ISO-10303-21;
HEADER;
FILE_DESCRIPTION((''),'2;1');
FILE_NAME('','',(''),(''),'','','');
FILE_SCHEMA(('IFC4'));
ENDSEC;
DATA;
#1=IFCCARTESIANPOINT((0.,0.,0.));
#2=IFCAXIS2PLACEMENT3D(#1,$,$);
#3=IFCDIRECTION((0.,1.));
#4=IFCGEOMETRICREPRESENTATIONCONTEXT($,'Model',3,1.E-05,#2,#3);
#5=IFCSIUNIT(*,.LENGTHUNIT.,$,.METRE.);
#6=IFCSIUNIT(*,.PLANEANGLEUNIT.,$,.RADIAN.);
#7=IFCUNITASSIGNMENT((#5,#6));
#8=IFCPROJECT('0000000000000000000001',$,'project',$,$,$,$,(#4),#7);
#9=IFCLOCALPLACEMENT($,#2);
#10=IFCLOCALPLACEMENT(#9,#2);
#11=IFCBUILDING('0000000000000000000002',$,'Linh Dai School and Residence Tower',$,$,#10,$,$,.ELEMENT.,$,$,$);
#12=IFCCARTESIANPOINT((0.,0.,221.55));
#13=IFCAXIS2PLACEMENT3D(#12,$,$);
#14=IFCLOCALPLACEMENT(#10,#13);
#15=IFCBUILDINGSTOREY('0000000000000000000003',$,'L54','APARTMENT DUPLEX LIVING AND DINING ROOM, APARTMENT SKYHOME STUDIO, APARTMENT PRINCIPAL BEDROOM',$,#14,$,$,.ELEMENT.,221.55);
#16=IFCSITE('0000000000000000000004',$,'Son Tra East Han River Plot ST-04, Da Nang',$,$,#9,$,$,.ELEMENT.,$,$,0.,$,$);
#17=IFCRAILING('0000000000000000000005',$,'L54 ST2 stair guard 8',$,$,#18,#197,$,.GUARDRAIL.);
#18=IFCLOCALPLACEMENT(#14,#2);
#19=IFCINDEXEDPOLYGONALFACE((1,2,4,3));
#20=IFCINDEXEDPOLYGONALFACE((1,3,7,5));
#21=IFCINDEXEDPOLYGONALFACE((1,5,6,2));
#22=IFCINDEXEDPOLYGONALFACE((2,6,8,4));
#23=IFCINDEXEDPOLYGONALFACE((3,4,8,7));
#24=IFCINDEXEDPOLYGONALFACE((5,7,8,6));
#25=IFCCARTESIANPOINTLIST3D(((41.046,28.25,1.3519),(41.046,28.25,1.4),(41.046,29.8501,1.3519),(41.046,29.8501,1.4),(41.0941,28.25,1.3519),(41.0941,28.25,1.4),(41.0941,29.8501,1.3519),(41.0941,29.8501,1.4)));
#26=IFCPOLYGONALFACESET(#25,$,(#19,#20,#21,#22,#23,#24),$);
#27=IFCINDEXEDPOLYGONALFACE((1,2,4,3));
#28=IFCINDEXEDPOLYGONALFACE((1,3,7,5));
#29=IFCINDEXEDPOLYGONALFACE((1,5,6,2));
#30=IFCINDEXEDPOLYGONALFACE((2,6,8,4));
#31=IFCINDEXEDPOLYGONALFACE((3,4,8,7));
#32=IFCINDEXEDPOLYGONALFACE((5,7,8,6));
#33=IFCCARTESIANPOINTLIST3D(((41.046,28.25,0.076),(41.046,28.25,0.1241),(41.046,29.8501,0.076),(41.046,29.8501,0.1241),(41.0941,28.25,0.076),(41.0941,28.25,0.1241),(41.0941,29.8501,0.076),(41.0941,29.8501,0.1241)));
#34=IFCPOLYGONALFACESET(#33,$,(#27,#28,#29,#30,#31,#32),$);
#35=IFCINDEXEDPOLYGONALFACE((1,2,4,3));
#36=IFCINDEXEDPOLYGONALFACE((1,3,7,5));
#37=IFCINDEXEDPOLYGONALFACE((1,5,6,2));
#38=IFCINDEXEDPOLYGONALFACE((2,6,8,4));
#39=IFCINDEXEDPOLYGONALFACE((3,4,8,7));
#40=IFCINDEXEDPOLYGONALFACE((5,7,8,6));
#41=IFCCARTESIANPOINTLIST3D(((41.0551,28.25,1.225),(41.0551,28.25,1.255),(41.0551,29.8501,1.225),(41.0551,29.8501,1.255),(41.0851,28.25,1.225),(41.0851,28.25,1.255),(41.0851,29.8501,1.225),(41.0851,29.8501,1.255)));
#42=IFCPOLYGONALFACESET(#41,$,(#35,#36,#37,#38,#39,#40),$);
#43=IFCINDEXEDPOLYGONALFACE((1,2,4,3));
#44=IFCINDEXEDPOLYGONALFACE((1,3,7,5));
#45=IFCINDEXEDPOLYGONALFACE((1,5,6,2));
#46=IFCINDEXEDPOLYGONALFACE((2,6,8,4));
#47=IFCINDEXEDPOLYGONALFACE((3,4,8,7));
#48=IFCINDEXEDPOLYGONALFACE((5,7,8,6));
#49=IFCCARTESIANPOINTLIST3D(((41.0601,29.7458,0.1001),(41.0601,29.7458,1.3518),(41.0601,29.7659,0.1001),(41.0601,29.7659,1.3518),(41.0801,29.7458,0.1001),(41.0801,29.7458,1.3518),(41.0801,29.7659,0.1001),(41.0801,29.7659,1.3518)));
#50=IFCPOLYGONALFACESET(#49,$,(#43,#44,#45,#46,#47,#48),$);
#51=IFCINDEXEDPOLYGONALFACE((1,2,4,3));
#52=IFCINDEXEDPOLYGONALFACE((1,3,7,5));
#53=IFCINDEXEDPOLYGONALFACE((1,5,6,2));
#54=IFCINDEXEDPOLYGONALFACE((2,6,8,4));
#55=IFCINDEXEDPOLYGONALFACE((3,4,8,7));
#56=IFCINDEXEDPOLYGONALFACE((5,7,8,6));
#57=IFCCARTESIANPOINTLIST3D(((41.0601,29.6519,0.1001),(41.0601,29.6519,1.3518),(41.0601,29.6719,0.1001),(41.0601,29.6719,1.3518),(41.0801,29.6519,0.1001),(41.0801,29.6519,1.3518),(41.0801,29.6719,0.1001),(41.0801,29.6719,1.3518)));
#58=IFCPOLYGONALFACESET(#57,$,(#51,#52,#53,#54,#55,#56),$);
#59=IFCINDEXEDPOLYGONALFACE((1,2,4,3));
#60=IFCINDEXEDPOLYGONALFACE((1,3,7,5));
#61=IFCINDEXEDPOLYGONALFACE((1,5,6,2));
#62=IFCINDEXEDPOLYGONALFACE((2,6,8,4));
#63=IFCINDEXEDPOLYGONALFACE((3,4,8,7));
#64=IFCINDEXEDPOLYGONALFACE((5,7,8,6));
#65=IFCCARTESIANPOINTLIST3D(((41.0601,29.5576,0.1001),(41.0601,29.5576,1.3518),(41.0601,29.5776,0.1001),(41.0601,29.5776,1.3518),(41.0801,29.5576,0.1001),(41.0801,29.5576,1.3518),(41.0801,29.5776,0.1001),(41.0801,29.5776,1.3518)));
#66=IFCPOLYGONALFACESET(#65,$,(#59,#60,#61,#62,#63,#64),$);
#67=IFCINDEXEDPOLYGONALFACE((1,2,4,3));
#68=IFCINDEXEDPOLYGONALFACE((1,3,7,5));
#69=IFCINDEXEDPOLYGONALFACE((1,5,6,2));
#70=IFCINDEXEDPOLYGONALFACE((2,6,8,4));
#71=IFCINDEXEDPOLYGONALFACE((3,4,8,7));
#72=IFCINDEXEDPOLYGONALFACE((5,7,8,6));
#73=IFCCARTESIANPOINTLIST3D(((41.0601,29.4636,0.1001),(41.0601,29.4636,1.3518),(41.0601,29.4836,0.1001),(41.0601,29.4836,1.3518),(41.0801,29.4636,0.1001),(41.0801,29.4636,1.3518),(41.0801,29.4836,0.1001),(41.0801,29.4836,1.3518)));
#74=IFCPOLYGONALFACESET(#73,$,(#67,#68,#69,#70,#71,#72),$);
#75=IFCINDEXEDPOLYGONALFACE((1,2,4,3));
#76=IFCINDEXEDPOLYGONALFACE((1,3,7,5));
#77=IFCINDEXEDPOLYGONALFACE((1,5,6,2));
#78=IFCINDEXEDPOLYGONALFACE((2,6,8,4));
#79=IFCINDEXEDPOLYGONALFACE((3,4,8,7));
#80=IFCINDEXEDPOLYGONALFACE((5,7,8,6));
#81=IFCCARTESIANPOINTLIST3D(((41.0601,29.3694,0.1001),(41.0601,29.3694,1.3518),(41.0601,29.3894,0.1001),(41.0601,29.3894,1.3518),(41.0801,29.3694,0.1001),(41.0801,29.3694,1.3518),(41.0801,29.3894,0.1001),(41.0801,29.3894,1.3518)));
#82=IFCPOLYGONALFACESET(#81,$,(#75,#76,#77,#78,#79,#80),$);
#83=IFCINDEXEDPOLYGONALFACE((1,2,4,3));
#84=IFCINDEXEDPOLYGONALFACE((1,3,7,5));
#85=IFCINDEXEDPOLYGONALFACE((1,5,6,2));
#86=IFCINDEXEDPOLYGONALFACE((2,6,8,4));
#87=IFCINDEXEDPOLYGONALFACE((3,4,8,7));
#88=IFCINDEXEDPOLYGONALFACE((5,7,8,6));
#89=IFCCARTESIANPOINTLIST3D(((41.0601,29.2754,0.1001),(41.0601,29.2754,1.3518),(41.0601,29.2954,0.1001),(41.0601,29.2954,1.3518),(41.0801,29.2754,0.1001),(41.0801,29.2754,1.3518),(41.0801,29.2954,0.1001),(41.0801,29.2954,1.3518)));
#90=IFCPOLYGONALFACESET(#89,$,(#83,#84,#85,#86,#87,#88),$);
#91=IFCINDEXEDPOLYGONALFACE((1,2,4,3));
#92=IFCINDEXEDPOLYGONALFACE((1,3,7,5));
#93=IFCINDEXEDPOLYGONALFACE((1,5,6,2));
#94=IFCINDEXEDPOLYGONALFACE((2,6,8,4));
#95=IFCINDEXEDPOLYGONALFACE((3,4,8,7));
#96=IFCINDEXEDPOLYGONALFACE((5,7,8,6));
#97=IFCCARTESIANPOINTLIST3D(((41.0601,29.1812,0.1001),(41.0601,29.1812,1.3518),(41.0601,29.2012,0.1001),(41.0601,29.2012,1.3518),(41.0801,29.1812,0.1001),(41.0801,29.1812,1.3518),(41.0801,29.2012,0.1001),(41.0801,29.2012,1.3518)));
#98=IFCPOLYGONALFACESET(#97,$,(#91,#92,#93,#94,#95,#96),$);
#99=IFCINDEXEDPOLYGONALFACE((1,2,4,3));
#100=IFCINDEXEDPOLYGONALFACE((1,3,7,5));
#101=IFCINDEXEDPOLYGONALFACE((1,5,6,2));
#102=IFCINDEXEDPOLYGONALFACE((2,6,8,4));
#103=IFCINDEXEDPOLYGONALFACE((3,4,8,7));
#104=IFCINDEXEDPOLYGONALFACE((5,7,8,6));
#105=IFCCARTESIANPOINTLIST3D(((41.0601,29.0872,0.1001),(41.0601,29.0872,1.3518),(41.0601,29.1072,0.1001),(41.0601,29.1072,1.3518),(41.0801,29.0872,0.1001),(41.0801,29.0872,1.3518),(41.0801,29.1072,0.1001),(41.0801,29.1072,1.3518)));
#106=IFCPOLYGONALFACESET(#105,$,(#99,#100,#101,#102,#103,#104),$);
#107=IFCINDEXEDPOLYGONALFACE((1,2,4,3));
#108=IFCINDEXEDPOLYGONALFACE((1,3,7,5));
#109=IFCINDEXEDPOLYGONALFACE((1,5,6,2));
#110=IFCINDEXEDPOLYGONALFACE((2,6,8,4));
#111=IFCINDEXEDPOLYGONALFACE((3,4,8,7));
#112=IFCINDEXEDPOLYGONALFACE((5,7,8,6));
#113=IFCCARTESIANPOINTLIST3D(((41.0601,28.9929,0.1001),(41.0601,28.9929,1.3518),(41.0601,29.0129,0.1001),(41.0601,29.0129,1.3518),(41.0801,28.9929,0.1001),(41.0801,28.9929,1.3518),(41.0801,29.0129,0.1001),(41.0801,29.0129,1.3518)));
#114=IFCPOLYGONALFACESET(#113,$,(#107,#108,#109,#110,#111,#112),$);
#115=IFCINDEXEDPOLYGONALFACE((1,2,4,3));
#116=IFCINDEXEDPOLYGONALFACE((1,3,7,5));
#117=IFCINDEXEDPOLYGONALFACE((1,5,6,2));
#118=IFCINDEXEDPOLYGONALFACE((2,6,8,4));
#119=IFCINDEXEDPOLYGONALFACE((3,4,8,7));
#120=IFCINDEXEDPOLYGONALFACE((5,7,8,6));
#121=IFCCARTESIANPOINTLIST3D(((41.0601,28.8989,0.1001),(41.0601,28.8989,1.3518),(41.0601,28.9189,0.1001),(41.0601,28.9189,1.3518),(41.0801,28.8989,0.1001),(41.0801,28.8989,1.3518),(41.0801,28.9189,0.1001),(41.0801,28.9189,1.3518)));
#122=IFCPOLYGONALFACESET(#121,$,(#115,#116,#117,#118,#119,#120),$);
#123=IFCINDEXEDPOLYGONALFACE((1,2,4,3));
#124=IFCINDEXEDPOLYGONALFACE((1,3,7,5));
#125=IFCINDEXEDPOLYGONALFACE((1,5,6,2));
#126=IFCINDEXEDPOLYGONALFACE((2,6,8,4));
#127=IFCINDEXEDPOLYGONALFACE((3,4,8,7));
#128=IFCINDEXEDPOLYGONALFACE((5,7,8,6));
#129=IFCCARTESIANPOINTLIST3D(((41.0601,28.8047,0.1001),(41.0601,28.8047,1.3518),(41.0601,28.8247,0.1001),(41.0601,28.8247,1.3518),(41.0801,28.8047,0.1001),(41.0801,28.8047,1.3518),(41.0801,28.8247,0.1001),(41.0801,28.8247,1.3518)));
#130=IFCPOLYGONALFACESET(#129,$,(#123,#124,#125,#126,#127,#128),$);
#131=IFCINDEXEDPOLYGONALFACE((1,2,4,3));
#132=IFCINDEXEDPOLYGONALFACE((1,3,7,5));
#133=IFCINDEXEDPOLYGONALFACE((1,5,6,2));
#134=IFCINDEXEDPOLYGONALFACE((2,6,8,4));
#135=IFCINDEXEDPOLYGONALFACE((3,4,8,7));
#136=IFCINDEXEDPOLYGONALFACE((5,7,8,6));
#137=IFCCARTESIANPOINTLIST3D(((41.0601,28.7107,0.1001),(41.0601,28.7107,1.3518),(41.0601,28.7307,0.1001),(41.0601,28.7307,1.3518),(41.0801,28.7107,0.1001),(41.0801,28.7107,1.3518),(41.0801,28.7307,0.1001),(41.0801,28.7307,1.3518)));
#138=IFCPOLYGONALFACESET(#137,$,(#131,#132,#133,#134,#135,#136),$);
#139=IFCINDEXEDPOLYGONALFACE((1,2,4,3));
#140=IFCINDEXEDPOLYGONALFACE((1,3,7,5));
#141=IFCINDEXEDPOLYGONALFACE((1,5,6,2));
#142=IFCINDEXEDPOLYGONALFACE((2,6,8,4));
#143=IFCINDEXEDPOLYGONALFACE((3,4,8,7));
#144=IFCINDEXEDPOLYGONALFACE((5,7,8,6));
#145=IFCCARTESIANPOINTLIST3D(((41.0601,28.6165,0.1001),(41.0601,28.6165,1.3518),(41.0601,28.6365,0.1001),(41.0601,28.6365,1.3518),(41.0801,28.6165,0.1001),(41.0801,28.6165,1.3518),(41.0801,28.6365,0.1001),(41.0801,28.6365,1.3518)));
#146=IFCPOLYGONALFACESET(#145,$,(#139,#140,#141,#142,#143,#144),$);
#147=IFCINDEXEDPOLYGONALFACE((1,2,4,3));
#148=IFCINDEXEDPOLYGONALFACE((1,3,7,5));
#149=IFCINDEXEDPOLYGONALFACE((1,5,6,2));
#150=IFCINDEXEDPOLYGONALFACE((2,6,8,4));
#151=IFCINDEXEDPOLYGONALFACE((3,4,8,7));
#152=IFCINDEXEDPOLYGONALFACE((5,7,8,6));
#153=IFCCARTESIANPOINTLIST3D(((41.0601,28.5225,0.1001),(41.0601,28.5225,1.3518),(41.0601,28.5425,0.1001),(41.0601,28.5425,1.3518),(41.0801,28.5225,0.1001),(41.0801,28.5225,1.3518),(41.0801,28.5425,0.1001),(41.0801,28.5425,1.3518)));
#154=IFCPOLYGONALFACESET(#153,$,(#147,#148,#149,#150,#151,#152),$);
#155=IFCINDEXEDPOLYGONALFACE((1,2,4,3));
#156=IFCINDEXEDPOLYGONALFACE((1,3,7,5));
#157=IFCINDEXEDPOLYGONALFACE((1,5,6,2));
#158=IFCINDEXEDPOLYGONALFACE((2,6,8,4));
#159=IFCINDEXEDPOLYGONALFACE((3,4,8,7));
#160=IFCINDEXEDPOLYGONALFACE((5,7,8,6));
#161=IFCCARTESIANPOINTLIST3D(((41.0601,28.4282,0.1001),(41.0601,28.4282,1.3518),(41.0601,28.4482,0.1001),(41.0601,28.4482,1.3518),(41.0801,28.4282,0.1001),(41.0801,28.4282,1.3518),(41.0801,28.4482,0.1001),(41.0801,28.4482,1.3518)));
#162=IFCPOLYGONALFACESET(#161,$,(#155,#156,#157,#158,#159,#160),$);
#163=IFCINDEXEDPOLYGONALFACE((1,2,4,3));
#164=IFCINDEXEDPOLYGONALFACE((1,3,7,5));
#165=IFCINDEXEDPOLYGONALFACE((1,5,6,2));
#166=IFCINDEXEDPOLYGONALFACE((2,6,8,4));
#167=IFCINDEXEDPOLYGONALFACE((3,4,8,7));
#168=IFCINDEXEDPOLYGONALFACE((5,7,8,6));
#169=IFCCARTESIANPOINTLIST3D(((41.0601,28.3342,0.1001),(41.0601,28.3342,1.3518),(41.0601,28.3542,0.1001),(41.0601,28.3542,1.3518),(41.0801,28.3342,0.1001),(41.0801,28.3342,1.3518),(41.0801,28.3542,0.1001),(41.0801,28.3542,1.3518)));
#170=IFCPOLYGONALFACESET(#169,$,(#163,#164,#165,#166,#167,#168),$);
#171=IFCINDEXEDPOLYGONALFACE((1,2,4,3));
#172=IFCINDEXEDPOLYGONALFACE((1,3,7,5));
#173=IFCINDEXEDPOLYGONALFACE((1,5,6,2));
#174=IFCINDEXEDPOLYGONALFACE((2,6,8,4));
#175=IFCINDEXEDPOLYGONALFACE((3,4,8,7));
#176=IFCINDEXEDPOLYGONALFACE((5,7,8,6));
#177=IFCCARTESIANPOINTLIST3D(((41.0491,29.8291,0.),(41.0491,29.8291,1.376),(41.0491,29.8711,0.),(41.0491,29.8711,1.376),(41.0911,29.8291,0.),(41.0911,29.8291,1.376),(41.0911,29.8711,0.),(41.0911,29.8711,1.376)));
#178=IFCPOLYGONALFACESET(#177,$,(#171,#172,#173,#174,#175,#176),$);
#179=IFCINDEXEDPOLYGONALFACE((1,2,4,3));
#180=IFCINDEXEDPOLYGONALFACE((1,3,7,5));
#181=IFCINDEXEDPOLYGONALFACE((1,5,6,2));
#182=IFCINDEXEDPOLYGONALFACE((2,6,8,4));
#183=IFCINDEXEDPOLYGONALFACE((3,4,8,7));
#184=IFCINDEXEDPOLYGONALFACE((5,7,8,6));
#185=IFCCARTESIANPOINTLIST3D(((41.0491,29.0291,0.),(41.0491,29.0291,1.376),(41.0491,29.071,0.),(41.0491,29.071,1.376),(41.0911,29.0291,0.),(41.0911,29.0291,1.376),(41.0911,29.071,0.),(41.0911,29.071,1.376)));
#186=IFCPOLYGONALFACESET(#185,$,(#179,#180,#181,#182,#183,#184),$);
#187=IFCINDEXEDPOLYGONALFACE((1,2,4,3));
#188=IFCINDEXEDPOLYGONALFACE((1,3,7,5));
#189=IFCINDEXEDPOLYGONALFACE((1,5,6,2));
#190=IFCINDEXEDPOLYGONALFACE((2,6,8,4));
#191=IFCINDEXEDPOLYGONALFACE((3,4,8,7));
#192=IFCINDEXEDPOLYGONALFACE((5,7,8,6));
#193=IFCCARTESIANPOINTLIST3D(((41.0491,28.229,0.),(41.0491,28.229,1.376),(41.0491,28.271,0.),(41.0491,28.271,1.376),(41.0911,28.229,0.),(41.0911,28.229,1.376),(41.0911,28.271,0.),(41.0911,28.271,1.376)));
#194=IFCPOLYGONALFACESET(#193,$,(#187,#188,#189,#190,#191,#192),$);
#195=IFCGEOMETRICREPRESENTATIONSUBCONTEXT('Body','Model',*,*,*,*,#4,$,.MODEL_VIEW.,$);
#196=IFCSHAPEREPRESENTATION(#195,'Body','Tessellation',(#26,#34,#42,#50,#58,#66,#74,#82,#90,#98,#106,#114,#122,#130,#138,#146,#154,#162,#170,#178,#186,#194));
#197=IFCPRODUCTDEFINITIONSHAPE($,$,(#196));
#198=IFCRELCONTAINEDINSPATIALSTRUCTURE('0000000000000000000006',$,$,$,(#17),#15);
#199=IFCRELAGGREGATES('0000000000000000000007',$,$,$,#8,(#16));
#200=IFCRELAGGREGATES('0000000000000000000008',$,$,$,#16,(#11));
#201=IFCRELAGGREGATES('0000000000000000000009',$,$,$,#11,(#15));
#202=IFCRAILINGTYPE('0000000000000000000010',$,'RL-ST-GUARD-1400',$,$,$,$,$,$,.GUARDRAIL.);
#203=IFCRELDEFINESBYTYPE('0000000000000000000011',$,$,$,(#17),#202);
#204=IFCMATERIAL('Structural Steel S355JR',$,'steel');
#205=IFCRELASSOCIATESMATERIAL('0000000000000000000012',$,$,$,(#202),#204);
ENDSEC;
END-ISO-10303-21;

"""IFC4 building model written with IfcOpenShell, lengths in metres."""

from ifc_helpers import new_model, si_unit, direction, frame, origin, origin_2d, place, context, subcontext, project, spatial, rectangle, extrude, source, transform, mapped, material, type_object, element, save


model = new_model("IFC4")

# Units and contexts
model_context = context("Model", 3, precision=1e-05, world=origin(), true_north=direction((0.0, 1.0)))
body_context = subcontext(model_context, "Body", "Model", "MODEL_VIEW")
ifc_project = project(units=[si_unit("LENGTHUNIT", "METRE"), si_unit("PLANEANGLEUNIT", "RADIAN")], contexts=[model_context])

# Site, building, storey
site_placement = place(None, origin())
site = spatial("IfcSite", under=ifc_project, at=site_placement, Name="Son Tra East Han River Plot ST-04, Da Nang", CompositionType="ELEMENT", RefElevation=0.0)
building_placement = place(site_placement, origin())
building = spatial("IfcBuilding", under=site, at=building_placement, Name="Linh Dai School and Residence Tower", CompositionType="ELEMENT")
storey_placement = place(building_placement, frame((0.0, 0.0, 221.55)))
storey = spatial("IfcBuildingStorey", under=building, at=storey_placement, Name="L54", Description="APARTMENT DUPLEX LIVING AND DINING ROOM, APARTMENT SKYHOME STUDIO, APARTMENT PRINCIPAL BEDROOM", CompositionType="ELEMENT", Elevation=221.55)

# Shared definitions
ifc_material_1 = material(Name="Structural Steel S355JR", Category="steel")

# Railing
railing_type_1 = type_object("IfcRailingType", Name="RL-ST-GUARD-1400", PredefinedType="GUARDRAIL", material=ifc_material_1)
shared_shape_1 = source(origin(), body_context, "Body", "SweptSolid", [
    extrude(rectangle(XDim=0.0481, YDim=0.0481, at=origin_2d()), frame((0.0, 0.0, 1.376), z_axis=(0.0, -1.0, 0.0), x_axis=(1.0, 0.0, 0.0)), (0.0, 0.0, 1.0), 1.6001),
    extrude(rectangle(XDim=0.0481, YDim=0.0481, at=origin_2d()), frame((0.0, 0.0, 0.1001), z_axis=(0.0, -1.0, 0.0), x_axis=(1.0, 0.0, 0.0)), (0.0, 0.0, 1.0), 1.6001),
    extrude(rectangle(XDim=0.03, YDim=0.03, at=origin_2d()), frame((0.0, 0.0, 1.24), z_axis=(0.0, -1.0, 0.0), x_axis=(1.0, 0.0, 0.0)), (0.0, 0.0, 1.0), 1.6001),
    extrude(rectangle(XDim=0.02, YDim=0.02, at=origin_2d()), frame((0.0, -0.0942, 0.1001)), (0.0, 0.0, 1.0), 1.2517),
    extrude(rectangle(XDim=0.02, YDim=0.02, at=origin_2d()), frame((0.0, -0.1882, 0.1001)), (0.0, 0.0, 1.0), 1.2517),
    extrude(rectangle(XDim=0.02, YDim=0.02, at=origin_2d()), frame((0.0, -0.2825, 0.1001)), (0.0, 0.0, 1.0), 1.2517),
    extrude(rectangle(XDim=0.02, YDim=0.02, at=origin_2d()), frame((0.0, -0.3765, 0.1001)), (0.0, 0.0, 1.0), 1.2517),
    extrude(rectangle(XDim=0.02, YDim=0.02, at=origin_2d()), frame((0.0, -0.4707, 0.1001)), (0.0, 0.0, 1.0), 1.2517),
    extrude(rectangle(XDim=0.02, YDim=0.02, at=origin_2d()), frame((0.0, -0.5647, 0.1001)), (0.0, 0.0, 1.0), 1.2517),
    extrude(rectangle(XDim=0.02, YDim=0.02, at=origin_2d()), frame((0.0, -0.6589, 0.1001)), (0.0, 0.0, 1.0), 1.2517),
    extrude(rectangle(XDim=0.02, YDim=0.02, at=origin_2d()), frame((0.0, -0.7529, 0.1001)), (0.0, 0.0, 1.0), 1.2517),
    extrude(rectangle(XDim=0.02, YDim=0.02, at=origin_2d()), frame((0.0, -0.8472, 0.1001)), (0.0, 0.0, 1.0), 1.2517),
    extrude(rectangle(XDim=0.02, YDim=0.02, at=origin_2d()), frame((0.0, -0.9412, 0.1001)), (0.0, 0.0, 1.0), 1.2517),
    extrude(rectangle(XDim=0.02, YDim=0.02, at=origin_2d()), frame((0.0, -1.0354, 0.1001)), (0.0, 0.0, 1.0), 1.2517),
    extrude(rectangle(XDim=0.02, YDim=0.02, at=origin_2d()), frame((0.0, -1.1294, 0.1001)), (0.0, 0.0, 1.0), 1.2517),
    extrude(rectangle(XDim=0.02, YDim=0.02, at=origin_2d()), frame((0.0, -1.2236, 0.1001)), (0.0, 0.0, 1.0), 1.2517),
    extrude(rectangle(XDim=0.02, YDim=0.02, at=origin_2d()), frame((0.0, -1.3176, 0.1001)), (0.0, 0.0, 1.0), 1.2517),
    extrude(rectangle(XDim=0.02, YDim=0.02, at=origin_2d()), frame((0.0, -1.4119, 0.1001)), (0.0, 0.0, 1.0), 1.2517),
    extrude(rectangle(XDim=0.02, YDim=0.02, at=origin_2d()), frame((0.0, -1.5059, 0.1001)), (0.0, 0.0, 1.0), 1.2517),
    extrude(rectangle(XDim=0.042, YDim=0.042, at=origin_2d()), origin(), (0.0, 0.0, 1.0), 1.376),
    extrude(rectangle(XDim=0.042, YDim=0.042, at=origin_2d()), frame((0.0, -0.8, 0.0)), (0.0, 0.0, 1.0), 1.376),
    extrude(rectangle(XDim=0.042, YDim=0.042, at=origin_2d()), frame((0.0, -1.6001, 0.0)), (0.0, 0.0, 1.0), 1.376),
])
for number, where, name in (
    (1, (41.0701, 29.8501, 0.0), "L54 ST2 stair guard 8"),
):
    element("IfcRailing", number, at=place(storey_placement, frame(where)), inside=storey, type_object=railing_type_1, Name=name, PredefinedType="GUARDRAIL", context=body_context, shape_type="MappedRepresentation", body=[
        mapped(shared_shape_1, transform((0.0, 0.0, 0.0), x_axis=(1.0, 0.0, 0.0), y_axis=(0.0, 1.0, 0.0), z_axis=(0.0, 0.0, 1.0), scale=1.0)),
    ])

save(model, "model.ifc")
